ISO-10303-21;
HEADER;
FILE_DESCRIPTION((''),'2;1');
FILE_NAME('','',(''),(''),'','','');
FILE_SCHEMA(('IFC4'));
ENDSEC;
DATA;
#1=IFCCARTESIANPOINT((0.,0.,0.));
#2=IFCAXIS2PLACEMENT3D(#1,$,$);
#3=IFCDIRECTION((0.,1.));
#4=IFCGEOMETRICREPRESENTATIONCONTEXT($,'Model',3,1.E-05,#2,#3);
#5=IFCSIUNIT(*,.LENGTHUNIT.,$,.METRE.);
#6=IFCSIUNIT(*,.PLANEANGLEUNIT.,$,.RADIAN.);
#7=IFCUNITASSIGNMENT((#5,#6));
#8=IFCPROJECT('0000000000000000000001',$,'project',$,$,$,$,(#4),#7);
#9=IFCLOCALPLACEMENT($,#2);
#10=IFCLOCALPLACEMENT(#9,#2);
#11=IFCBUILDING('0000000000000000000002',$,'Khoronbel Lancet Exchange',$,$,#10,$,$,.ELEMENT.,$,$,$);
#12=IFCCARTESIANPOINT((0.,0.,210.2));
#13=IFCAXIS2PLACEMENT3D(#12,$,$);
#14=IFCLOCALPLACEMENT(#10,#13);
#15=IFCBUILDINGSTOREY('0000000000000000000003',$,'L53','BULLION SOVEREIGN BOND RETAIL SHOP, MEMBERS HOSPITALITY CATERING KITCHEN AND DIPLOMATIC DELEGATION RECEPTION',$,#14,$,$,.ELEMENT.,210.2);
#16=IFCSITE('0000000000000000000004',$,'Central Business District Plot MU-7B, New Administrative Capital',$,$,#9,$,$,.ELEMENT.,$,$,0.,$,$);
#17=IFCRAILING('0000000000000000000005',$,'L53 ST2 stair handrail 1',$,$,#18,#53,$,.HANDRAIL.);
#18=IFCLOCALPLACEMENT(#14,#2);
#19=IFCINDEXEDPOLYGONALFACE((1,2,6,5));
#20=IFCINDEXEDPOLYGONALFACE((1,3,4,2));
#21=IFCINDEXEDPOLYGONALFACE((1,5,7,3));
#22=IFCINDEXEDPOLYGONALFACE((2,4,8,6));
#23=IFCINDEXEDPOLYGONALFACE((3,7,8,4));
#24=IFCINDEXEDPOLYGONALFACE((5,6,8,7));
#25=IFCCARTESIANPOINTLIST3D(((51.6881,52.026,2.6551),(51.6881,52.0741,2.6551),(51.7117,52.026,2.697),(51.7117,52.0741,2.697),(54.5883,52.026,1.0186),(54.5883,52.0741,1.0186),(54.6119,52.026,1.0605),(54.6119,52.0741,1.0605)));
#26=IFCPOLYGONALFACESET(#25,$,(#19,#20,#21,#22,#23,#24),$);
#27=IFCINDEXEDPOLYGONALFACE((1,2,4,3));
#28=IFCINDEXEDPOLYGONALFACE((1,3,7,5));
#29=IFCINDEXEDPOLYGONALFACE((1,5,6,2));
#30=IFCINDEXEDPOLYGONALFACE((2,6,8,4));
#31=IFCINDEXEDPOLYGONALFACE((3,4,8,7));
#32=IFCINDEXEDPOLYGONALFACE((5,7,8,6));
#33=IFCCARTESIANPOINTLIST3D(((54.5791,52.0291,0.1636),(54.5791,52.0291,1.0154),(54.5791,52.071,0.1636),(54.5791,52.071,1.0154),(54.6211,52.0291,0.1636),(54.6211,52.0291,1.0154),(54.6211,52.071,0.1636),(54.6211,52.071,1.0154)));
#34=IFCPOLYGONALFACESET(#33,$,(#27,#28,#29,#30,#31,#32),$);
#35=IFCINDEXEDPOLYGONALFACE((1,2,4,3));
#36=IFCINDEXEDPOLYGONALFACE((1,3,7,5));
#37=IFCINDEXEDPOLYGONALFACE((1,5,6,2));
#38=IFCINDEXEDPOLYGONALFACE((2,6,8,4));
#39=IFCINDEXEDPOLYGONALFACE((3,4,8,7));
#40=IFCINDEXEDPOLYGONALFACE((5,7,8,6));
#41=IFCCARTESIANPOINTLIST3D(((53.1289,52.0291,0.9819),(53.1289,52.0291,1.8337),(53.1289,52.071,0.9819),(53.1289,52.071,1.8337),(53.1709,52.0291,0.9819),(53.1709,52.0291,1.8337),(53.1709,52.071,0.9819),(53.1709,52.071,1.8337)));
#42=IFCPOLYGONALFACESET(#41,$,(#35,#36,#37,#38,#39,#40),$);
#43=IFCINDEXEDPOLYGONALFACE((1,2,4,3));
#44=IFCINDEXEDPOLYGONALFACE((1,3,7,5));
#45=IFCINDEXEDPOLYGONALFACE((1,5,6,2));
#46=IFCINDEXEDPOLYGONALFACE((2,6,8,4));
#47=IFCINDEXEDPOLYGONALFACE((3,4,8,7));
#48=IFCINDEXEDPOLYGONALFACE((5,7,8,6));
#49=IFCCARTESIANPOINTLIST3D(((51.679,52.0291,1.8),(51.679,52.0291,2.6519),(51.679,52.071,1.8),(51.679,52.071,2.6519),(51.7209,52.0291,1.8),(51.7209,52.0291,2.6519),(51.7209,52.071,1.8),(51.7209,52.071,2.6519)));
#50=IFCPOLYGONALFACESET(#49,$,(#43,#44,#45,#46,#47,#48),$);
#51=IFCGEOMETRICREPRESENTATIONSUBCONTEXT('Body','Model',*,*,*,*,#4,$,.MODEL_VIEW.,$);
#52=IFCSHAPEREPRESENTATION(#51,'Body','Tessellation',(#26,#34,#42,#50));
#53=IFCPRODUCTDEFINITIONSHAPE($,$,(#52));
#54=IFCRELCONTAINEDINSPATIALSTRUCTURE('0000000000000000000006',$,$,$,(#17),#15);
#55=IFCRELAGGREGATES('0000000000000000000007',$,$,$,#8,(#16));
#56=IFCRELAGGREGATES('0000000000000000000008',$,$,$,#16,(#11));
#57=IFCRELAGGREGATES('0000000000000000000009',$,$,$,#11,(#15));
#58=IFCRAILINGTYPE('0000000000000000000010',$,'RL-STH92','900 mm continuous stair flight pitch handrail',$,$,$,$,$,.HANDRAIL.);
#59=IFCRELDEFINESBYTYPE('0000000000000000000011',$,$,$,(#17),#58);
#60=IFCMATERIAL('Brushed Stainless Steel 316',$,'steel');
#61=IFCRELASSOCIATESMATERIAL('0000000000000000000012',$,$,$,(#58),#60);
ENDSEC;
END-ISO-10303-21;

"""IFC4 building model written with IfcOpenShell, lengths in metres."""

from ifc_helpers import new_model, si_unit, direction, frame, origin, origin_2d, place, context, subcontext, project, spatial, rectangle, extrude, material, type_object, element, save


model = new_model("IFC4")

# Units and contexts
model_context = context("Model", 3, precision=1e-05, world=origin(), true_north=direction((0.0, 1.0)))
body_context = subcontext(model_context, "Body", "Model", "MODEL_VIEW")
ifc_project = project(units=[si_unit("LENGTHUNIT", "METRE"), si_unit("PLANEANGLEUNIT", "RADIAN")], contexts=[model_context])

# Site, building, storey
site_placement = place(None, origin())
site = spatial("IfcSite", under=ifc_project, at=site_placement, Name="Central Business District Plot MU-7B, New Administrative Capital", CompositionType="ELEMENT", RefElevation=0.0)
building_placement = place(site_placement, origin())
building = spatial("IfcBuilding", under=site, at=building_placement, Name="Khoronbel Lancet Exchange", CompositionType="ELEMENT")
storey_placement = place(building_placement, frame((0.0, 0.0, 210.2)))
storey = spatial("IfcBuildingStorey", under=building, at=storey_placement, Name="L53", Description="BULLION SOVEREIGN BOND RETAIL SHOP, MEMBERS HOSPITALITY CATERING KITCHEN AND DIPLOMATIC DELEGATION RECEPTION", CompositionType="ELEMENT", Elevation=210.2)

# Railing
ifc_material_1 = material(Name="Brushed Stainless Steel 316", Category="steel")
railing_type_1 = type_object("IfcRailingType", Name="RL-STH92", Description="900 mm continuous stair flight pitch handrail", PredefinedType="HANDRAIL", material=ifc_material_1)
railing_1_placement = place(storey_placement, frame((54.6001, 52.05, 0.1636)))
element("IfcRailing", 1, at=railing_1_placement, inside=storey, type_object=railing_type_1, Name="L53 ST2 stair handrail 1", PredefinedType="HANDRAIL", context=body_context, shape_type="SweptSolid", body=[
    extrude(rectangle(XDim=0.0481, YDim=0.0481, at=origin_2d()), frame((0.0, 0.0, 0.876), z_axis=(-0.870915, 0.0, 0.491434), x_axis=(0.0, -1.0, 0.0)), (0.0, 0.0, 1.0), 3.3301),
    extrude(rectangle(XDim=0.042, YDim=0.042, at=origin_2d()), origin(), (0.0, 0.0, 1.0), 0.8518),
    extrude(rectangle(XDim=0.042, YDim=0.042, at=origin_2d()), frame((-1.4502, 0.0, 0.8184)), (0.0, 0.0, 1.0), 0.8518),
    extrude(rectangle(XDim=0.042, YDim=0.042, at=origin_2d()), frame((-2.9001, 0.0, 1.6365)), (0.0, 0.0, 1.0), 0.8518),
])

save(model, "model.ifc")
